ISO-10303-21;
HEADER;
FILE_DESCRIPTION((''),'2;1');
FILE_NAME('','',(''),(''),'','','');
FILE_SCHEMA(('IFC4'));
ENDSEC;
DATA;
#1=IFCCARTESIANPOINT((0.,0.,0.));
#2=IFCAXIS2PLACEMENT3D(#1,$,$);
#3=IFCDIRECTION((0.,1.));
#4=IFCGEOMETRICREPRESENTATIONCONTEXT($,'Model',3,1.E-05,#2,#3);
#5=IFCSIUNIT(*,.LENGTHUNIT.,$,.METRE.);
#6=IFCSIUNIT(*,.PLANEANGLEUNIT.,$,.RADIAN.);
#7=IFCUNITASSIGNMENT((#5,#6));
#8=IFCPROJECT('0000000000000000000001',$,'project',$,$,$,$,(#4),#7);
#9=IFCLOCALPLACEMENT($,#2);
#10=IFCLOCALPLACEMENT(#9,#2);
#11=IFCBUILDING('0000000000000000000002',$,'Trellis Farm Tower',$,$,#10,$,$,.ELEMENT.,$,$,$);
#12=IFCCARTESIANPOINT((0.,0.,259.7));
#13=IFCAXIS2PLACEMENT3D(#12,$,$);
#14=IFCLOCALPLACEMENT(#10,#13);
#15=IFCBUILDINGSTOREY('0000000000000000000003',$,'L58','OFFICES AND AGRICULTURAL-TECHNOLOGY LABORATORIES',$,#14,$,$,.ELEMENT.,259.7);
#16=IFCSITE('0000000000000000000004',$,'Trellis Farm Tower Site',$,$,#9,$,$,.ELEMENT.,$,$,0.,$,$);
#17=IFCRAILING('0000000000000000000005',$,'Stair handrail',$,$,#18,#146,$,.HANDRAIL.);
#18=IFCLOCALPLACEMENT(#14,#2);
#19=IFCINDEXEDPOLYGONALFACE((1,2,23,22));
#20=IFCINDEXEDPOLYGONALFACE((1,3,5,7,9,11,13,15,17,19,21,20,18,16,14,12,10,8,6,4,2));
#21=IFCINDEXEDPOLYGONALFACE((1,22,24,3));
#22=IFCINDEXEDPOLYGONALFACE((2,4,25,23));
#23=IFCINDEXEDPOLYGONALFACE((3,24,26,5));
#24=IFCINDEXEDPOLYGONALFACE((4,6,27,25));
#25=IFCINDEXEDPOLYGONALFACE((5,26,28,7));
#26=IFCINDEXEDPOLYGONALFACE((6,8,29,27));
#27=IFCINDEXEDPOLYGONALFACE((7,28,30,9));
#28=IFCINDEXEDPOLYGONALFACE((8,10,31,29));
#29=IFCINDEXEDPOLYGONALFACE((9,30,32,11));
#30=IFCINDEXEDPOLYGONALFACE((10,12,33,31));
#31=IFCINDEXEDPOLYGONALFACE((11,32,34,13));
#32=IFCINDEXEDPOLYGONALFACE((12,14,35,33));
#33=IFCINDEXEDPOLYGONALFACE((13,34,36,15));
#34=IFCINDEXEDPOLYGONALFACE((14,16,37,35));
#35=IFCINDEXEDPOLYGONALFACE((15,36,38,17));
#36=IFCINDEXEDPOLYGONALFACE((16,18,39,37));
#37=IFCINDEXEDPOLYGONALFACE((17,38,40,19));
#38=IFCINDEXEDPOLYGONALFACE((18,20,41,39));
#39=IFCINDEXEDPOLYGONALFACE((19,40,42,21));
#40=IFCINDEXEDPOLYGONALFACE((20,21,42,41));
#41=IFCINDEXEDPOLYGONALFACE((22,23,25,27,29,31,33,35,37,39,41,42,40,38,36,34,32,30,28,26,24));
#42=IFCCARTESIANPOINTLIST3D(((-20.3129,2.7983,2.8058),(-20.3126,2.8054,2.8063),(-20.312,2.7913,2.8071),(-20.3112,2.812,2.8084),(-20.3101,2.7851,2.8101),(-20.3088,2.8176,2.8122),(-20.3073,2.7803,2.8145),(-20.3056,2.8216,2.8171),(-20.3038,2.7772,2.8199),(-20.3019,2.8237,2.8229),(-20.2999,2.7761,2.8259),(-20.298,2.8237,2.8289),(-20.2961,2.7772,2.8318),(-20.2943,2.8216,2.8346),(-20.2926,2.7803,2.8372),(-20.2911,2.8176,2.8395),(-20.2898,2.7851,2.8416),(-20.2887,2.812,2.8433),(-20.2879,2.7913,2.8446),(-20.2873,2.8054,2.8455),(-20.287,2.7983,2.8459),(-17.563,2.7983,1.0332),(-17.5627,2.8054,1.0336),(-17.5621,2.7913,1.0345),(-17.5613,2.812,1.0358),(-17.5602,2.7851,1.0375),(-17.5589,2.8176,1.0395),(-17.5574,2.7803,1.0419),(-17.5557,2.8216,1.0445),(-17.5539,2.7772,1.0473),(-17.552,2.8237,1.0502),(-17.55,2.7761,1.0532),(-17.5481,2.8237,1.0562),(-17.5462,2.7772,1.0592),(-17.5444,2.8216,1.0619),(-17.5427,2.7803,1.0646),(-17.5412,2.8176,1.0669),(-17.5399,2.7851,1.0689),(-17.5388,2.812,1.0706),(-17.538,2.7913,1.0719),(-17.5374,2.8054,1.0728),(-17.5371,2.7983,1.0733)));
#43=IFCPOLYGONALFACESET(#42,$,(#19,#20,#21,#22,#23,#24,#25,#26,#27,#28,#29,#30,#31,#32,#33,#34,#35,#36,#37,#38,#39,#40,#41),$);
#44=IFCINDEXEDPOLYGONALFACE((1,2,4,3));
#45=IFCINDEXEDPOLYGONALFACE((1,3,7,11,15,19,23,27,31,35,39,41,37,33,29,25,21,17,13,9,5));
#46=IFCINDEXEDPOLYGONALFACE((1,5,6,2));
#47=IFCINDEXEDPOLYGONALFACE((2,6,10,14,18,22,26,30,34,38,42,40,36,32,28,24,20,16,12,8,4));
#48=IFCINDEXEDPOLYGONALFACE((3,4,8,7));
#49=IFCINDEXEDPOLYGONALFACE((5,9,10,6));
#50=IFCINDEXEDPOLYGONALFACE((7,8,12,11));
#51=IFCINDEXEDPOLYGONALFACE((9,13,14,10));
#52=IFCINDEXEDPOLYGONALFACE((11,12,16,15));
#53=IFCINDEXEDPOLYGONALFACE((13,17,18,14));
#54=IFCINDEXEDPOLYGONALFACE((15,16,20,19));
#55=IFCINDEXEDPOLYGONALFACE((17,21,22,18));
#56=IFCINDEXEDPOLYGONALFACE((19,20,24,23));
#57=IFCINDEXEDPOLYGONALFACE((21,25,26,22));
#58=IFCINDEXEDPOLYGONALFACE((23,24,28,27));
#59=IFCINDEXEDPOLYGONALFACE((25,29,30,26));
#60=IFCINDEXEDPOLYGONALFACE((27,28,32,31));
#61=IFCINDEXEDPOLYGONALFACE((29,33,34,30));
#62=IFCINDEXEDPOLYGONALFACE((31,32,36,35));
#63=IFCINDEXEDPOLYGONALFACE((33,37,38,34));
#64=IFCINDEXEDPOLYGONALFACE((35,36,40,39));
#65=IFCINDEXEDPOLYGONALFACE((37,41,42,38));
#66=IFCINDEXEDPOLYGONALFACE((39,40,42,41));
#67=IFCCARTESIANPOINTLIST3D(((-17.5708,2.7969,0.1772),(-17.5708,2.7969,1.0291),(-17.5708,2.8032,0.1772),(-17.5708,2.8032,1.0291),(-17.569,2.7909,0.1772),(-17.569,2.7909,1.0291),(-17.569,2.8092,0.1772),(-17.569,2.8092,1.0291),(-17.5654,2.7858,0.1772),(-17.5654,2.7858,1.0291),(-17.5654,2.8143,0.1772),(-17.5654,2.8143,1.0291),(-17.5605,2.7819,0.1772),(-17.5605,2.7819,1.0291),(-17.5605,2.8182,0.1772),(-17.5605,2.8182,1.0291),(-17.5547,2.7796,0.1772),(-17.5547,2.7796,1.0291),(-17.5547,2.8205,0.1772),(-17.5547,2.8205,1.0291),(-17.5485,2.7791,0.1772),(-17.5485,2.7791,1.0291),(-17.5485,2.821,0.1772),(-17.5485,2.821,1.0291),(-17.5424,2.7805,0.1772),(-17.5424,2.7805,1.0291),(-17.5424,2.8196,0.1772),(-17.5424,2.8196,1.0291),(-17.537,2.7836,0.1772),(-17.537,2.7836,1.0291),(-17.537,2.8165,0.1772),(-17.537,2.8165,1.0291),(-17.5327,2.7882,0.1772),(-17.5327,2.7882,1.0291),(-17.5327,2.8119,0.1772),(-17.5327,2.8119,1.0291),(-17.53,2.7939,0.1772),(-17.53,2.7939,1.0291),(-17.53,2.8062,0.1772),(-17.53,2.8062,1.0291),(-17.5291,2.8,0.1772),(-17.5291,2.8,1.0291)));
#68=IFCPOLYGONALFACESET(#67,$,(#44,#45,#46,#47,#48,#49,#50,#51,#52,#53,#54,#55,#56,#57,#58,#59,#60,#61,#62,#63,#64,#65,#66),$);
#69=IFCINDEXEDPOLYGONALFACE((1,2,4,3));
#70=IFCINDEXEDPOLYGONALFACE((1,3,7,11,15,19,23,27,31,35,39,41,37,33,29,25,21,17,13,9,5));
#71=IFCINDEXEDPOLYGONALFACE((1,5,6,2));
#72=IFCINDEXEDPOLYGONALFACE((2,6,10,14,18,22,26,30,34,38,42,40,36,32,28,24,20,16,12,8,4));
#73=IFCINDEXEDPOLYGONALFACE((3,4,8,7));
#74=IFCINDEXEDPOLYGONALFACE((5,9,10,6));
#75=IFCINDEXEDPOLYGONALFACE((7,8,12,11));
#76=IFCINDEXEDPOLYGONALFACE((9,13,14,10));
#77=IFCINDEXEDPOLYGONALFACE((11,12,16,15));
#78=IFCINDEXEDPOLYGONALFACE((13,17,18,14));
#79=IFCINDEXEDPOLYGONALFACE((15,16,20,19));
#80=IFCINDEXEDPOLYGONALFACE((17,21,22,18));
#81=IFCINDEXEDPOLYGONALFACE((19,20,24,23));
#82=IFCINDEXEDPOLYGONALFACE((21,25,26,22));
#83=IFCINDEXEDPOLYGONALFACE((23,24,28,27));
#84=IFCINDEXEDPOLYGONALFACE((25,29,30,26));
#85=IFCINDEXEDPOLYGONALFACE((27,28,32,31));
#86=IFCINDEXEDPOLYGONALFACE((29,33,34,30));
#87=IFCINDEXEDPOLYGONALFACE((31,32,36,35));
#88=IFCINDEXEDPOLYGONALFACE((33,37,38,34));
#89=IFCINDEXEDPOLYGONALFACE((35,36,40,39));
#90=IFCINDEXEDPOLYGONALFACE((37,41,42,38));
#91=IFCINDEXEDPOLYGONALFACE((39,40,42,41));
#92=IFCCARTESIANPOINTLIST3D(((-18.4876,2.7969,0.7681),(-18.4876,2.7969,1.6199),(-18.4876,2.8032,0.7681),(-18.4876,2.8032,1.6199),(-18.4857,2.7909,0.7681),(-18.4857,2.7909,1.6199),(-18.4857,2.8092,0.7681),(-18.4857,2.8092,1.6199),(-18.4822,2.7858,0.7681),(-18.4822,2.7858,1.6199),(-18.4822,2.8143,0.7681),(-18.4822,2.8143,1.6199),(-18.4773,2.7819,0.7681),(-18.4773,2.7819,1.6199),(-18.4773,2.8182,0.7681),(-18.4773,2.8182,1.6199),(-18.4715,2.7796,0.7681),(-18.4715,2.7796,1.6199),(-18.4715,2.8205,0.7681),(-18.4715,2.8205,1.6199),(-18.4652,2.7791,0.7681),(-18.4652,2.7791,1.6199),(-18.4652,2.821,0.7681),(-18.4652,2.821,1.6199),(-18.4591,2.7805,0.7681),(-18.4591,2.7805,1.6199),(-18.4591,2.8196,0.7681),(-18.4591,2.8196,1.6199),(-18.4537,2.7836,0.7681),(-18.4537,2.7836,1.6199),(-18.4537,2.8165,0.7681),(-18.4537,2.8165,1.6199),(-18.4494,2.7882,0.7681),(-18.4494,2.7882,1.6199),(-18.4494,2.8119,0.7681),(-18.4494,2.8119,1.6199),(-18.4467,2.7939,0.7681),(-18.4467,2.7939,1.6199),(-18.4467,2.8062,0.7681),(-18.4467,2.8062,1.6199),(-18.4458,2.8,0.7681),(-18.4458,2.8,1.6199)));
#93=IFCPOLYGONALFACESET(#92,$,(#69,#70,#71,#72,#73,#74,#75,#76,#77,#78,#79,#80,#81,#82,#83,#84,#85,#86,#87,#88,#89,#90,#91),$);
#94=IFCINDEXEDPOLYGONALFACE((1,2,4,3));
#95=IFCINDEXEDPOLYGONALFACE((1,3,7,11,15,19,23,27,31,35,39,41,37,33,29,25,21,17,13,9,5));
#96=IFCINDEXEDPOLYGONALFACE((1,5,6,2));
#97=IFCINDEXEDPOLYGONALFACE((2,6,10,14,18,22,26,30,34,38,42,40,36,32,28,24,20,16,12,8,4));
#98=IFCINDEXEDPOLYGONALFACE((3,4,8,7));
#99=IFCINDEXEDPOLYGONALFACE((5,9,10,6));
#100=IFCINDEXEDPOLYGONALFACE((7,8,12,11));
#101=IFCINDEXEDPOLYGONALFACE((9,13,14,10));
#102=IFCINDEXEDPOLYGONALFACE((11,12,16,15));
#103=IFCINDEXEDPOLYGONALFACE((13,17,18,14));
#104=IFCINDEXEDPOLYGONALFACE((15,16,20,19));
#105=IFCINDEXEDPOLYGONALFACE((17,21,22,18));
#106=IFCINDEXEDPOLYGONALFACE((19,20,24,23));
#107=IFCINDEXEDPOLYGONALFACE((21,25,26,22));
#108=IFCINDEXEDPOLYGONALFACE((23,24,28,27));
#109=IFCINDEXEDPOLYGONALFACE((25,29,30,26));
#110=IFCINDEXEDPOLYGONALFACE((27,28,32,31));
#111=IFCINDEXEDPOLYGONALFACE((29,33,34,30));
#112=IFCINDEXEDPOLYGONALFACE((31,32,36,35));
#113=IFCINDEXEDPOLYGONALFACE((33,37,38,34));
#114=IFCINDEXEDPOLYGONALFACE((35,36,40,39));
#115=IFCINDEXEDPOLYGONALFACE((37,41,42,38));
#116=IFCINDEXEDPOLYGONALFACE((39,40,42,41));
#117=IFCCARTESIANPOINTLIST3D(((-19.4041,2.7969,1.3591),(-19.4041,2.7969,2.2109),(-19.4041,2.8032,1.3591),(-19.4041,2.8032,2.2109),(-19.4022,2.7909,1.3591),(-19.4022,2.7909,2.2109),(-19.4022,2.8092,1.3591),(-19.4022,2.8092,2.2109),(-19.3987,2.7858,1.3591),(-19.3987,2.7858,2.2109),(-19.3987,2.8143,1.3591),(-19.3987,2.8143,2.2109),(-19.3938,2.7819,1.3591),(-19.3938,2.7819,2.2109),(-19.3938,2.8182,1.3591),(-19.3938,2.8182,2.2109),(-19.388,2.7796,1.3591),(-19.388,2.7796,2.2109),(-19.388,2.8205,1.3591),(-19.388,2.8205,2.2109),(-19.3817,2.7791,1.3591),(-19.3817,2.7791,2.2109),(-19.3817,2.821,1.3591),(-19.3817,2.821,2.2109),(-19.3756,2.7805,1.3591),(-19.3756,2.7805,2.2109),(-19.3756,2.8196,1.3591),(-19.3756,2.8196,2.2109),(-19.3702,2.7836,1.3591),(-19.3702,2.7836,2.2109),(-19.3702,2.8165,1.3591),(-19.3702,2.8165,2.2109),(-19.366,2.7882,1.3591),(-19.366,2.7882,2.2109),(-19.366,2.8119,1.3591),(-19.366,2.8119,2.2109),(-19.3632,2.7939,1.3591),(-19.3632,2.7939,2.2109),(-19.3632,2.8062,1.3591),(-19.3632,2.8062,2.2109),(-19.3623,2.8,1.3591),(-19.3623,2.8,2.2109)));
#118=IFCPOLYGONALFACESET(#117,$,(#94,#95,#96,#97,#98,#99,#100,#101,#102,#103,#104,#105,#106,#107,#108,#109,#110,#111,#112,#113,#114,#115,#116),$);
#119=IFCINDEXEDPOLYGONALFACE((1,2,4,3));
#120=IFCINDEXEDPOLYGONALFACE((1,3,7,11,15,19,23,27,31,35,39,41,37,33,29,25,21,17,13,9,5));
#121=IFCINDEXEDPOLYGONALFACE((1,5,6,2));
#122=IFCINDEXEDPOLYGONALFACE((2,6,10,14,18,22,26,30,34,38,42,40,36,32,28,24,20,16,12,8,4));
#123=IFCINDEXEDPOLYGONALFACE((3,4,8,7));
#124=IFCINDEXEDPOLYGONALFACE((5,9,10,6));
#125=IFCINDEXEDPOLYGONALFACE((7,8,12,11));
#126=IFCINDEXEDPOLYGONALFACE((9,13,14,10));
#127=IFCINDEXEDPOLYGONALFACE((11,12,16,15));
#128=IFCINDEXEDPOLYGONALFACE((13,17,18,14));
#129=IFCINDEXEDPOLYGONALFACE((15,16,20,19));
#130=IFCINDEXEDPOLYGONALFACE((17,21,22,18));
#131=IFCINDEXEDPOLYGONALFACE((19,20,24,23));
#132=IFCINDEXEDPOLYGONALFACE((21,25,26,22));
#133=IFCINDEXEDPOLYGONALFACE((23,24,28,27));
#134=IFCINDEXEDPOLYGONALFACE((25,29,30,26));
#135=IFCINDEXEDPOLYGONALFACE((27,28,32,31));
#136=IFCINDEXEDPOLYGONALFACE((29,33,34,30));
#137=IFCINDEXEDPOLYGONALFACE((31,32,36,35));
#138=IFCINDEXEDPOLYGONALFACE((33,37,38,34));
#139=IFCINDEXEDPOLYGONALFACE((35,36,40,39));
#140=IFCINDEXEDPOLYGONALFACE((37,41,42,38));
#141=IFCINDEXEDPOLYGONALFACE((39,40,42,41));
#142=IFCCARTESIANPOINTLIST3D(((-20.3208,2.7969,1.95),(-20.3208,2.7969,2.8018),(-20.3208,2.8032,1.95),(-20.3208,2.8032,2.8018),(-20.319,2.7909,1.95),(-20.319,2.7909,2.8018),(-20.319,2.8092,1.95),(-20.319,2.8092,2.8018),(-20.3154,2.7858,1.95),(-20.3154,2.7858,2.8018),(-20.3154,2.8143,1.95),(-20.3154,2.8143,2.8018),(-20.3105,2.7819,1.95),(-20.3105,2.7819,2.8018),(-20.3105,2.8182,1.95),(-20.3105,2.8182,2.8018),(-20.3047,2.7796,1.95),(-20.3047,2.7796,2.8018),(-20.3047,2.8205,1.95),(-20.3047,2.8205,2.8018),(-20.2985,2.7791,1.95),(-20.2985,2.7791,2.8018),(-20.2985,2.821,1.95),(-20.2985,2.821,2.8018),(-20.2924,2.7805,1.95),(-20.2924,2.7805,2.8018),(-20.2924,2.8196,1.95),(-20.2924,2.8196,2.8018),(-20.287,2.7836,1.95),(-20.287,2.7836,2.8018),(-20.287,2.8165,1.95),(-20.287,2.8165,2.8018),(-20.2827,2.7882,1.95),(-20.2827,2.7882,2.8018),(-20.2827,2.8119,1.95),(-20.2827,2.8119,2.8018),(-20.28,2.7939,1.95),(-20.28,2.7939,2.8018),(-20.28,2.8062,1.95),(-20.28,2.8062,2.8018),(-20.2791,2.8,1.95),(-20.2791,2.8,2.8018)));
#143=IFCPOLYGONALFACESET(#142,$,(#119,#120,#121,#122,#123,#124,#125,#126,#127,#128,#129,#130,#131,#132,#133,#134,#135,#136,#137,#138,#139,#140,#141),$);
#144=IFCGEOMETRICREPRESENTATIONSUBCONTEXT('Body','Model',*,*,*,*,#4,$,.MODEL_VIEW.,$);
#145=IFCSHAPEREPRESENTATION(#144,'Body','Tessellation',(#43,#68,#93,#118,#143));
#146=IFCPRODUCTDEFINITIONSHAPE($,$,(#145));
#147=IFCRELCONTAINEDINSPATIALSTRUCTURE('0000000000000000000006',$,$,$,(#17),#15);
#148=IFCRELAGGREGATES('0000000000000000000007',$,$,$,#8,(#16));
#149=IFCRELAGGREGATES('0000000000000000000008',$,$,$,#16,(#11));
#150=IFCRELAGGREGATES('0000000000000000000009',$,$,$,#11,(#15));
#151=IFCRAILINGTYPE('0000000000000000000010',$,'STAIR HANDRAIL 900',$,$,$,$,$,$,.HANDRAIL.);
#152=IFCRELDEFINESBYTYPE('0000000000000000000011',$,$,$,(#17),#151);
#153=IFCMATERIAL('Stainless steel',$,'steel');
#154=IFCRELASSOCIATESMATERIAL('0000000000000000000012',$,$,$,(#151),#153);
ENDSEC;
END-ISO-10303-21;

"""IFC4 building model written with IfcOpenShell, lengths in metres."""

from ifc_helpers import new_model, si_unit, direction, frame, origin, origin_2d, place, context, subcontext, project, spatial, circle, extrude, source, transform, mapped, material, type_object, element, save


model = new_model("IFC4")

# Units and contexts
model_context = context("Model", 3, precision=1e-05, world=origin(), true_north=direction((0.0, 1.0)))
body_context = subcontext(model_context, "Body", "Model", "MODEL_VIEW")
ifc_project = project(units=[si_unit("LENGTHUNIT", "METRE"), si_unit("PLANEANGLEUNIT", "RADIAN")], contexts=[model_context])

# Site, building, storey
site_placement = place(None, origin())
site = spatial("IfcSite", under=ifc_project, at=site_placement, Name="Trellis Farm Tower Site", CompositionType="ELEMENT", RefElevation=0.0)
building_placement = place(site_placement, origin())
building = spatial("IfcBuilding", under=site, at=building_placement, Name="Trellis Farm Tower", CompositionType="ELEMENT")
storey_placement = place(building_placement, frame((0.0, 0.0, 259.7)))
storey = spatial("IfcBuildingStorey", under=building, at=storey_placement, Name="L58", Description="OFFICES AND AGRICULTURAL-TECHNOLOGY LABORATORIES", CompositionType="ELEMENT", Elevation=259.7)

# Railing
ifc_material_1 = material(Name="Stainless steel", Category="steel")
railing_type = type_object("IfcRailingType", Name="STAIR HANDRAIL 900", PredefinedType="HANDRAIL", material=ifc_material_1)
shared_shape_1 = source(origin(), body_context, "Body", "SweptSolid", [
    extrude(circle(Radius=0.0239, at=origin_2d()), frame((0.0, 0.0, 0.876), z_axis=(-0.840504, 0.0, 0.541806), x_axis=(0.0, -1.0, 0.0)), (0.0, 0.0, 1.0), 3.2717),
    extrude(circle(Radius=0.021, at=origin_2d()), origin(), (0.0, 0.0, 1.0), 0.8518),
    extrude(circle(Radius=0.021, at=origin_2d()), frame((-0.9167, 0.0, 0.5908)), (0.0, 0.0, 1.0), 0.8518),
    extrude(circle(Radius=0.021, at=origin_2d()), frame((-1.8333, 0.0, 1.1819)), (0.0, 0.0, 1.0), 0.8518),
    extrude(circle(Radius=0.021, at=origin_2d()), frame((-2.75, 0.0, 1.7727)), (0.0, 0.0, 1.0), 0.8518),
])
for number, where, name in (
    (1, (-17.55, 2.8, 0.1772), "Stair handrail"),
):
    element("IfcRailing", number, at=place(storey_placement, frame(where)), inside=storey, type_object=railing_type, Name=name, PredefinedType="HANDRAIL", context=body_context, shape_type="MappedRepresentation", body=[
        mapped(shared_shape_1, transform((0.0, 0.0, 0.0))),
    ])

save(model, "model.ifc")
